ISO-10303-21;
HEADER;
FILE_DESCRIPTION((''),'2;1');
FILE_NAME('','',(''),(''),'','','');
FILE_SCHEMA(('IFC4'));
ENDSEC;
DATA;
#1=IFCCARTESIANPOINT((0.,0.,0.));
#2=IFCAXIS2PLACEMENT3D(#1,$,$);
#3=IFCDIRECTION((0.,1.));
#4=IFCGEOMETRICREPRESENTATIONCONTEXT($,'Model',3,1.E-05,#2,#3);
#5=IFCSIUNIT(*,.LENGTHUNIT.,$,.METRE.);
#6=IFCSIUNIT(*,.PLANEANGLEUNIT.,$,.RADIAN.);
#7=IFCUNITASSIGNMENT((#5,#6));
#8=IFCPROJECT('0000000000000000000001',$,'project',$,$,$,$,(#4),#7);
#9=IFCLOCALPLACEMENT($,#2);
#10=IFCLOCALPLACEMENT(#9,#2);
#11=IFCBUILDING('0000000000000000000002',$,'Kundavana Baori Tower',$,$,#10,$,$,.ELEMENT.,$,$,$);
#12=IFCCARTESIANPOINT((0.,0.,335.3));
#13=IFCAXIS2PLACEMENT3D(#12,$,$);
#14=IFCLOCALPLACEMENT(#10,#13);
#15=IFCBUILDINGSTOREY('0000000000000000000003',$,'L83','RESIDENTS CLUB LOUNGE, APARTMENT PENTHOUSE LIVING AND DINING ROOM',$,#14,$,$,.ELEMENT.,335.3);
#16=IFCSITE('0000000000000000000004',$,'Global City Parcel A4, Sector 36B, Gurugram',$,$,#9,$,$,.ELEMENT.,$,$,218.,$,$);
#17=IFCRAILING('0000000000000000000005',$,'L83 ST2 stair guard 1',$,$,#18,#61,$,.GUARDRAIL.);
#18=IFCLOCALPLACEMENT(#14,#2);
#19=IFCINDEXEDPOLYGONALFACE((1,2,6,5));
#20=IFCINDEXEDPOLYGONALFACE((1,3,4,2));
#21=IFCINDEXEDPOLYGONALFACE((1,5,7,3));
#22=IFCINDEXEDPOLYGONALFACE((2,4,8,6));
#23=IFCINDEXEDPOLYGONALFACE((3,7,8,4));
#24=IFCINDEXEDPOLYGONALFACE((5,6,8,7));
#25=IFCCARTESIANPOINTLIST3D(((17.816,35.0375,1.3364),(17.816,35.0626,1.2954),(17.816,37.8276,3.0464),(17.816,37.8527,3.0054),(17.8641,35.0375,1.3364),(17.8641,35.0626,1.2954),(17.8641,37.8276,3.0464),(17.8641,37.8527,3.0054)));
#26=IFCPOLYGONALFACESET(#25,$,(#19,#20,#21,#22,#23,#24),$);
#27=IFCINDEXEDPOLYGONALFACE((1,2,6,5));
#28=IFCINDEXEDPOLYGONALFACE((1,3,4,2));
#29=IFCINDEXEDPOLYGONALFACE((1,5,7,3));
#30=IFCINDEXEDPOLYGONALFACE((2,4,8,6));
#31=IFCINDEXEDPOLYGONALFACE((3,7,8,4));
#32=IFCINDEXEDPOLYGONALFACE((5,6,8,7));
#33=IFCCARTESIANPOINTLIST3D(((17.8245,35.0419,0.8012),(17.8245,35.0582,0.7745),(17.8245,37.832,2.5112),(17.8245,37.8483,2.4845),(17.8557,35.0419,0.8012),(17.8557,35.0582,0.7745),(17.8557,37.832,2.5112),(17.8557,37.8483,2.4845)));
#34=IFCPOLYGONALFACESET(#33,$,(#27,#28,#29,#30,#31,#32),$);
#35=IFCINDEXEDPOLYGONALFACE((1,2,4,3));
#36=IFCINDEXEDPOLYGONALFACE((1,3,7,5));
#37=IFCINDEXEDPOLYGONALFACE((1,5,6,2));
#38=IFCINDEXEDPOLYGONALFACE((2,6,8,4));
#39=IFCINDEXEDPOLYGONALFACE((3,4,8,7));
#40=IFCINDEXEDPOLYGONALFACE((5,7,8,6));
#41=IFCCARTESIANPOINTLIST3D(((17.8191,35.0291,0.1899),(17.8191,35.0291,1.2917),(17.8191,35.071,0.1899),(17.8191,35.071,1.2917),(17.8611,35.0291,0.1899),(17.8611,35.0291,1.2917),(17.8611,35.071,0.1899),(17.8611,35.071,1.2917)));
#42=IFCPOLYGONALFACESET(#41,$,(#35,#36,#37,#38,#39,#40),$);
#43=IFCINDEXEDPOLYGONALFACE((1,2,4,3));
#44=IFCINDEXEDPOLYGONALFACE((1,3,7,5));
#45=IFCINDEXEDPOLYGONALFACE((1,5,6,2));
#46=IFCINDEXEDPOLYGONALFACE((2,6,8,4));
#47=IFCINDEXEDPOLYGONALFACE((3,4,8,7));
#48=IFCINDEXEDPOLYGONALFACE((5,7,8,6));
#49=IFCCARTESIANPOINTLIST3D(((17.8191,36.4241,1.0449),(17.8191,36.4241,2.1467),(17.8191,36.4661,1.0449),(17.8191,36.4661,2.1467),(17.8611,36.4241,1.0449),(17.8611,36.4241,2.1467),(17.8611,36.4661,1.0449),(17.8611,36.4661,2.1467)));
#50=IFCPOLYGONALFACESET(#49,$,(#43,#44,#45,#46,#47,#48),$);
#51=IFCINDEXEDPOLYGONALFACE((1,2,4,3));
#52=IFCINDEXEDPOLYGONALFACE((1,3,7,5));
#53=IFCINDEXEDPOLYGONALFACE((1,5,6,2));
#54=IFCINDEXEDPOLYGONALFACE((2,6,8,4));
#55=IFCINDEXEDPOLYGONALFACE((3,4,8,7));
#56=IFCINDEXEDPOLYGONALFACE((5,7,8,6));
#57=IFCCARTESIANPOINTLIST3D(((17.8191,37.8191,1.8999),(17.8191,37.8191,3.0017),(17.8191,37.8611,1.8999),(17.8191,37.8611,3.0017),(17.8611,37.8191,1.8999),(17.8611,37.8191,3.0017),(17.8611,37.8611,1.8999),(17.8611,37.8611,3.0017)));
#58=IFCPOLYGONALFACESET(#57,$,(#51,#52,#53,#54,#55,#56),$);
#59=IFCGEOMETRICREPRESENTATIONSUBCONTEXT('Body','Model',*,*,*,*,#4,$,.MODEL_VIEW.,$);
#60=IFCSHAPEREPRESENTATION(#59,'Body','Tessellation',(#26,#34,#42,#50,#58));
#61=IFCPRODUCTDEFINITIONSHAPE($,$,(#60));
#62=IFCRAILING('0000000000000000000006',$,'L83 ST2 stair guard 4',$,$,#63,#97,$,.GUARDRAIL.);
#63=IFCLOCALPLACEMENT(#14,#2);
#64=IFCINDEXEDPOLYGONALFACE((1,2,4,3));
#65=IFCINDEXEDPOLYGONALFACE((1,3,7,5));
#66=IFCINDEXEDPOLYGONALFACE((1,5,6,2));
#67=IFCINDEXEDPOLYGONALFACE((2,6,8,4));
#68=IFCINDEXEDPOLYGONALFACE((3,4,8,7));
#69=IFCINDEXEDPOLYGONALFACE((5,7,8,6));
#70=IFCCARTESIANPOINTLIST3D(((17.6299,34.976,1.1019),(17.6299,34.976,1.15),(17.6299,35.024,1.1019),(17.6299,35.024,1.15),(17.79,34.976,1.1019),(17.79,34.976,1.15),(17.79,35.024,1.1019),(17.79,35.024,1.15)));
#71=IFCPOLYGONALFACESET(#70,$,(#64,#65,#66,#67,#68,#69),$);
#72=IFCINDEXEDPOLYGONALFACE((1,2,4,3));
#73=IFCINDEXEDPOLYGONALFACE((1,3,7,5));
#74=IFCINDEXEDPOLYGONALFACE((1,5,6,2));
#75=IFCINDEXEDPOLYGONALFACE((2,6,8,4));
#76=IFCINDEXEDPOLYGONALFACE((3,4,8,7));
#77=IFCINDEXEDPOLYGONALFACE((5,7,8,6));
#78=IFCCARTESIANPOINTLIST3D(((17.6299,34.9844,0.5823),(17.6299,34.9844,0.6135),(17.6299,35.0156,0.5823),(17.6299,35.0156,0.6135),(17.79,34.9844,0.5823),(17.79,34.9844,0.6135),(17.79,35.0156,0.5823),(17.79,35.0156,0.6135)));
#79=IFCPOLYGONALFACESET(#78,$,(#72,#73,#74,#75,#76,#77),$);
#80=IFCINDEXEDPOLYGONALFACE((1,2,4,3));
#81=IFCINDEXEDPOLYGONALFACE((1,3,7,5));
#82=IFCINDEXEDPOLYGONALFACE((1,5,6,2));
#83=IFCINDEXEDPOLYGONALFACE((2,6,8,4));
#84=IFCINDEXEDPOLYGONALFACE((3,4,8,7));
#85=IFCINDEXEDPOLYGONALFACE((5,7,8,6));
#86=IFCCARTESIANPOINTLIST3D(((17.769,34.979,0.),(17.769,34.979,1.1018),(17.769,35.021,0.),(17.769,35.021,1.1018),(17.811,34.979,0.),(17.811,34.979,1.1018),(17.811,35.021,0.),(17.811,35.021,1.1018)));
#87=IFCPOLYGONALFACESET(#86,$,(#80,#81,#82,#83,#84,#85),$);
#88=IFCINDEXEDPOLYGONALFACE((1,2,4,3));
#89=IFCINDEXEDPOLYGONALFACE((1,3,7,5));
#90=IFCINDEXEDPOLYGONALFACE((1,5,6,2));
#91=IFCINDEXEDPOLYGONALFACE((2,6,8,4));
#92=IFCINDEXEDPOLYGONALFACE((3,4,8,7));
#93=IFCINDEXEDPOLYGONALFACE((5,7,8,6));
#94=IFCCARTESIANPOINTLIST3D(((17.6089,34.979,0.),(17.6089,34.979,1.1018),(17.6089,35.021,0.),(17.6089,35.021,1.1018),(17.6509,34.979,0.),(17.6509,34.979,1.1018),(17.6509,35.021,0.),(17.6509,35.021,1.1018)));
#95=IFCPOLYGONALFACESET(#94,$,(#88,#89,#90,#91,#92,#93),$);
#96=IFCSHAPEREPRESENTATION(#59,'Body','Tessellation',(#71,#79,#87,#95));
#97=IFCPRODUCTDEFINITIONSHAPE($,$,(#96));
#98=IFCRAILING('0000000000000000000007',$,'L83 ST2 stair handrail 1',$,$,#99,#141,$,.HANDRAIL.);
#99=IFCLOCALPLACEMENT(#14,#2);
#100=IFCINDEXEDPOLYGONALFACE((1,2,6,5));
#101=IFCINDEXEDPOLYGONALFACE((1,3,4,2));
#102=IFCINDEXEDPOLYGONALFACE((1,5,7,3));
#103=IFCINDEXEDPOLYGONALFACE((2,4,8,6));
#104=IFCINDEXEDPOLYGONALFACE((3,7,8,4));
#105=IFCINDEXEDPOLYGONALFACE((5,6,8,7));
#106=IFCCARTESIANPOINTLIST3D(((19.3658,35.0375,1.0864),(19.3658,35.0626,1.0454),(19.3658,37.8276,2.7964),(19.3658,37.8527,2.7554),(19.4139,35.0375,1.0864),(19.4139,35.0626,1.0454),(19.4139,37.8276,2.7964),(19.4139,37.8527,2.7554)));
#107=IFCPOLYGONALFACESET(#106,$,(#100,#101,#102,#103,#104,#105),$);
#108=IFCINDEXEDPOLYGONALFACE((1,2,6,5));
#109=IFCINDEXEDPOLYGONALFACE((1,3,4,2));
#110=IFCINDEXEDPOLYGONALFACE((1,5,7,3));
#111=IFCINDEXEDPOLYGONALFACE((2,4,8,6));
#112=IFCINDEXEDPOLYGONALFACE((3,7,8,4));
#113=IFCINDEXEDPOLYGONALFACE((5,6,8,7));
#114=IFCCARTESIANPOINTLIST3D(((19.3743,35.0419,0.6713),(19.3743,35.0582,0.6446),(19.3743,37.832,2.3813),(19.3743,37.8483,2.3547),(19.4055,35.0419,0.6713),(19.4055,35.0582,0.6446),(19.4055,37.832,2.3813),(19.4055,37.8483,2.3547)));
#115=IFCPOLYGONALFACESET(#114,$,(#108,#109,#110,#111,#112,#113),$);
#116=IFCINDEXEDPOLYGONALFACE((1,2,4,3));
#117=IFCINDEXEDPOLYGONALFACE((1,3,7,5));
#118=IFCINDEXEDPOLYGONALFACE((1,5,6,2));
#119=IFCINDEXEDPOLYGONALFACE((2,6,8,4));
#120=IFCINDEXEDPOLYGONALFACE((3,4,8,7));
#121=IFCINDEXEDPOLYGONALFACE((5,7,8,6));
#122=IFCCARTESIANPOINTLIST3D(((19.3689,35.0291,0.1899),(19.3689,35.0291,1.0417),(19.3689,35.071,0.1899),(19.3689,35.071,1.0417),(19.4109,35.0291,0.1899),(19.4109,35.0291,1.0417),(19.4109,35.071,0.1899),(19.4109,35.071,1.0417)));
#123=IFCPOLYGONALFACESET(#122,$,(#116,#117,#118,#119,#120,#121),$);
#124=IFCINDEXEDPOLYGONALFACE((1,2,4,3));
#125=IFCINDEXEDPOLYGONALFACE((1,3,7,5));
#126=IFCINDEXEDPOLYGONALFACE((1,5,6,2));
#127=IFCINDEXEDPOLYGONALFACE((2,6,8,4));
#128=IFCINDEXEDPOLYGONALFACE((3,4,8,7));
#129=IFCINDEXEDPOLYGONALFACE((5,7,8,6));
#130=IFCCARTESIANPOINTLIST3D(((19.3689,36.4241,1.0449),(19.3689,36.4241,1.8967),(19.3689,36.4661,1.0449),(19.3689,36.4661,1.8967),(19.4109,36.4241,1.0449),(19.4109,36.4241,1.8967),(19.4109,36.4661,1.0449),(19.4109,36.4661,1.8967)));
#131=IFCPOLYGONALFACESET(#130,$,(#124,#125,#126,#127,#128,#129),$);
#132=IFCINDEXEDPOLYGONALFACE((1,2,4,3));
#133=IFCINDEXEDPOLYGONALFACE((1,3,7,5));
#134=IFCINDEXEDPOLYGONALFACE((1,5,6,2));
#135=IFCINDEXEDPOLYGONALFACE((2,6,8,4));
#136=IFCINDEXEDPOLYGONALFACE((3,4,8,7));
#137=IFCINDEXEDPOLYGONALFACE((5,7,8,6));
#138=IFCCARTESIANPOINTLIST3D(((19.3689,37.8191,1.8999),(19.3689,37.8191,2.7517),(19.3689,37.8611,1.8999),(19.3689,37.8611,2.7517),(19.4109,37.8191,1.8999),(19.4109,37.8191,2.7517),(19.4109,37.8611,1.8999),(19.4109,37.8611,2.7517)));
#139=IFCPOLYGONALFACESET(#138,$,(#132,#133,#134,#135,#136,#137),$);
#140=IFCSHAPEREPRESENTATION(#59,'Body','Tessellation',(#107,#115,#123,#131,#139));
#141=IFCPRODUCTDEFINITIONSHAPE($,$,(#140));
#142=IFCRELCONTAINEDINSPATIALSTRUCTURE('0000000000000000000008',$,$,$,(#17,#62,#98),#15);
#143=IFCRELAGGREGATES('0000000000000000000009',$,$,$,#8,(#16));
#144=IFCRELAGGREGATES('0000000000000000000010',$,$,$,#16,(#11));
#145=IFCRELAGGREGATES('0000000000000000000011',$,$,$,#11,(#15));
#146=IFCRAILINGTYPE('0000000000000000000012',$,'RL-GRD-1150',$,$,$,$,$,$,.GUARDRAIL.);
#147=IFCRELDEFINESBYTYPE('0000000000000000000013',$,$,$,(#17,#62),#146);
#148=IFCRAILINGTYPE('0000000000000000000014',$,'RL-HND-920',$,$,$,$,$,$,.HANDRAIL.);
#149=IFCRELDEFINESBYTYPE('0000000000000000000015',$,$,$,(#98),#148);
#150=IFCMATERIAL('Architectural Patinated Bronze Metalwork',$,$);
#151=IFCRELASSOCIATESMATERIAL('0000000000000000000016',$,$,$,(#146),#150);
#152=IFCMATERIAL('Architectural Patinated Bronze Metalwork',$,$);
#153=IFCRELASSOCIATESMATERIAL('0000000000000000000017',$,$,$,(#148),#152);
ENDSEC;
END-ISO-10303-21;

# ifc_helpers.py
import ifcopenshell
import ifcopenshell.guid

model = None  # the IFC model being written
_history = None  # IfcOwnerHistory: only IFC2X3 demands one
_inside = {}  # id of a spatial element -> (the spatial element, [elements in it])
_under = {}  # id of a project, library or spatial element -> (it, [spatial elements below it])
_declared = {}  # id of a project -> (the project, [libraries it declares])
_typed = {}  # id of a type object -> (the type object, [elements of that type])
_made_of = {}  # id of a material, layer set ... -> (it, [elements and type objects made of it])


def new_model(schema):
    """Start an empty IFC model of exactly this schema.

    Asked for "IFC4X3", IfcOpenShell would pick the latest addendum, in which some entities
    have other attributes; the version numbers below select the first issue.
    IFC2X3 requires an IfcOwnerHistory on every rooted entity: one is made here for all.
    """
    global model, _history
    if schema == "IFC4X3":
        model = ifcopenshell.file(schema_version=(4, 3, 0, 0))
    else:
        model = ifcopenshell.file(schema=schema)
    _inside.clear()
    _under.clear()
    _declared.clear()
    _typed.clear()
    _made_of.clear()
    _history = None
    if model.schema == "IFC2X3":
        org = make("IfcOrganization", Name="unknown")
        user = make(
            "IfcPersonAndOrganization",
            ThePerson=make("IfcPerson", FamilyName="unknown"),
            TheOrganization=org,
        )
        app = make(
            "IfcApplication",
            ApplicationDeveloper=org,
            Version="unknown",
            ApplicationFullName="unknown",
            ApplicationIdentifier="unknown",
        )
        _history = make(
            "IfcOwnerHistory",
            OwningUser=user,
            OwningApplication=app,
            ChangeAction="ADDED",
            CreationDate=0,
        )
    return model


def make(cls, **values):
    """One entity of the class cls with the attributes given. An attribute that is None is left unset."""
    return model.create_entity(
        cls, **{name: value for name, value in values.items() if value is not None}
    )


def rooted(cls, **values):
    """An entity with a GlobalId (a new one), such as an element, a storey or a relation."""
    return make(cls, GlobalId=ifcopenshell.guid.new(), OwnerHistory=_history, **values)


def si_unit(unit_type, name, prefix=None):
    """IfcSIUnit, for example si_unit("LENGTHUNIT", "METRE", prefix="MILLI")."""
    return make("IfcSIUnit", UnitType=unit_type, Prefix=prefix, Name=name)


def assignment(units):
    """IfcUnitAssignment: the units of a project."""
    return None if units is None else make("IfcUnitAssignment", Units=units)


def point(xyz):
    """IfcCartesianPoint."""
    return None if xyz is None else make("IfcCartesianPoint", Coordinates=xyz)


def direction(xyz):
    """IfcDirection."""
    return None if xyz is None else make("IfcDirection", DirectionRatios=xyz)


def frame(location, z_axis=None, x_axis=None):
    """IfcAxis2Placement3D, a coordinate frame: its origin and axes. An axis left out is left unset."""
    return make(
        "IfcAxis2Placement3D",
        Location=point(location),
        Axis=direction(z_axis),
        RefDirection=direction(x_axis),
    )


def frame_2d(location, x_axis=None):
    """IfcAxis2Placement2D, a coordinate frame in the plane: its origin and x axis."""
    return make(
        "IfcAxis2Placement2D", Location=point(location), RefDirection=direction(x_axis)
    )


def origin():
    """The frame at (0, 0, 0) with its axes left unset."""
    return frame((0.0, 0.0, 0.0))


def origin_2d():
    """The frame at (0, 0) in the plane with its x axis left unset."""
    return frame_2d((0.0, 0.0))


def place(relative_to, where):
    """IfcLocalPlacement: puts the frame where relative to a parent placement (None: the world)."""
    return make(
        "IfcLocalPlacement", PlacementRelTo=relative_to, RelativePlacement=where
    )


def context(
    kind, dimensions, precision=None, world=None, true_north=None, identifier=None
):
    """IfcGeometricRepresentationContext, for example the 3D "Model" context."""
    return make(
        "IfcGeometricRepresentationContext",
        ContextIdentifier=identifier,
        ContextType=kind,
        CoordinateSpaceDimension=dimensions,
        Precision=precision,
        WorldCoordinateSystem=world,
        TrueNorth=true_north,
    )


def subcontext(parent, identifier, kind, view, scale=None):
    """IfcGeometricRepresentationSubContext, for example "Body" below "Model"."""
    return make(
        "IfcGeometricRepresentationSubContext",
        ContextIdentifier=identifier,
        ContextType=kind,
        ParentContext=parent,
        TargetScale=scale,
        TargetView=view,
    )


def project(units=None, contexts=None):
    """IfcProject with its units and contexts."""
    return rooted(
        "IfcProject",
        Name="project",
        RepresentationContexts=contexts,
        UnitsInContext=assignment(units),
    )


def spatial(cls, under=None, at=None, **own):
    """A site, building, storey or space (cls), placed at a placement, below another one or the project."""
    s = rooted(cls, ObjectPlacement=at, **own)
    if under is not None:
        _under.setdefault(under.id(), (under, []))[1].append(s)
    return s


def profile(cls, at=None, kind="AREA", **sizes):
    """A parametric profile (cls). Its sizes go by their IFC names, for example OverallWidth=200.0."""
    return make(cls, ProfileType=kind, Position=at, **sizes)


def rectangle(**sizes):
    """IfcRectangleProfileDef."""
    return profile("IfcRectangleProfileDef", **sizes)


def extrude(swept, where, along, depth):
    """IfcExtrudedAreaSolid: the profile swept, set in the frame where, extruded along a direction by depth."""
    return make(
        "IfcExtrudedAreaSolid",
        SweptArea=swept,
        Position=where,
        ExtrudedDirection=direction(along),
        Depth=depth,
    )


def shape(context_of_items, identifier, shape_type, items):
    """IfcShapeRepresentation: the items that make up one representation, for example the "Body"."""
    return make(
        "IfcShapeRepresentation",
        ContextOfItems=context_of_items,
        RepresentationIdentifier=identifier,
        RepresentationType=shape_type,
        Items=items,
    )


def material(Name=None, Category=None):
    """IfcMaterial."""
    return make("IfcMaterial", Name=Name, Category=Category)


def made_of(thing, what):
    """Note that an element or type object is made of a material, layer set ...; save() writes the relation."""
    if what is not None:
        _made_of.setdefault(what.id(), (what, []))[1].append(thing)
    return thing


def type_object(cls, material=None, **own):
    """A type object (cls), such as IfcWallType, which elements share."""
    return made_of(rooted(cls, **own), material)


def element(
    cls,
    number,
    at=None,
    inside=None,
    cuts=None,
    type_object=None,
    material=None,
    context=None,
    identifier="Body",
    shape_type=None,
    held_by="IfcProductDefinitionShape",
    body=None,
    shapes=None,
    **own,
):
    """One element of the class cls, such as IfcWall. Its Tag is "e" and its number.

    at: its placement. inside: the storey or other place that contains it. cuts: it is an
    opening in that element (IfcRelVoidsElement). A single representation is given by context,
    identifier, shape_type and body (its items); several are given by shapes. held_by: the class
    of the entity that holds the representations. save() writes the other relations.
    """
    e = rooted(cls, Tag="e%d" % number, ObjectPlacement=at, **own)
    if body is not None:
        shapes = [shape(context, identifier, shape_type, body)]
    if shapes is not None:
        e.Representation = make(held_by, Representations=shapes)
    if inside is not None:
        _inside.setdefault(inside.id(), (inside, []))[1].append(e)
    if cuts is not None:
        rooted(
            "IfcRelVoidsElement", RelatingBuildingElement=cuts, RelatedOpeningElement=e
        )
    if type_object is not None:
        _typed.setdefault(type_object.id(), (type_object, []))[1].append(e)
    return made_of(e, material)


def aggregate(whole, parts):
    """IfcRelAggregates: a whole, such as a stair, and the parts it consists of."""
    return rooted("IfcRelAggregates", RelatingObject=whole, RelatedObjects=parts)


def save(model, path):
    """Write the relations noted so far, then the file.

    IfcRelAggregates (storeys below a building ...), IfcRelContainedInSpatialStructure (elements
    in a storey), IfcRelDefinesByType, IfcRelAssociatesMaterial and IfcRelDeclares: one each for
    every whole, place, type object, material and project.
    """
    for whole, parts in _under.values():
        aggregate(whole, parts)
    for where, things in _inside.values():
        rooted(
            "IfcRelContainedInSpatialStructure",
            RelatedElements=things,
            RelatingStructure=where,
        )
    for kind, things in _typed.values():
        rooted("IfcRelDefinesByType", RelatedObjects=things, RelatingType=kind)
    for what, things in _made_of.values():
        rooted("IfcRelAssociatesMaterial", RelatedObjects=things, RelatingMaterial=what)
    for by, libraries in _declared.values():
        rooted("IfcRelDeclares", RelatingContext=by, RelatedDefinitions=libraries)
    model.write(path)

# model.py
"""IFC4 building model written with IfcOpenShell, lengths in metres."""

from ifc_helpers import new_model, si_unit, direction, frame, origin, origin_2d, place, context, subcontext, project, spatial, rectangle, extrude, material, type_object, element, save


model = new_model("IFC4")

# Units and contexts
model_context = context("Model", 3, precision=1e-05, world=origin(), true_north=direction((0.0, 1.0)))
body_context = subcontext(model_context, "Body", "Model", "MODEL_VIEW")
ifc_project = project(units=[si_unit("LENGTHUNIT", "METRE"), si_unit("PLANEANGLEUNIT", "RADIAN")], contexts=[model_context])

# Site, building, storey
site_placement = place(None, origin())
site = spatial("IfcSite", under=ifc_project, at=site_placement, Name="Global City Parcel A4, Sector 36B, Gurugram", CompositionType="ELEMENT", RefElevation=218.0)
building_placement = place(site_placement, origin())
building = spatial("IfcBuilding", under=site, at=building_placement, Name="Kundavana Baori Tower", CompositionType="ELEMENT")
storey_placement = place(building_placement, frame((0.0, 0.0, 335.3)))
storey = spatial("IfcBuildingStorey", under=building, at=storey_placement, Name="L83", Description="RESIDENTS CLUB LOUNGE, APARTMENT PENTHOUSE LIVING AND DINING ROOM", CompositionType="ELEMENT", Elevation=335.3)

# Railings
ifc_material_1 = material(Name="Architectural Patinated Bronze Metalwork")
railing_type_1 = type_object("IfcRailingType", Name="RL-GRD-1150", PredefinedType="GUARDRAIL", material=ifc_material_1)
railing_1_placement = place(storey_placement, frame((17.8401, 35.05, 0.1899)))
element("IfcRailing", 1, at=railing_1_placement, inside=storey, type_object=railing_type_1, Name="L83 ST2 stair guard 1", PredefinedType="GUARDRAIL", context=body_context, shape_type="SweptSolid", body=[
    extrude(rectangle(XDim=0.0481, YDim=0.0481, at=origin_2d()), frame((0.0, 0.0, 1.126), z_axis=(0.0, 0.85261, 0.522548), x_axis=(-1.0, 0.0, 0.0)), (0.0, 0.0, 1.0), 3.2725),
    extrude(rectangle(XDim=0.0312, YDim=0.0312, at=origin_2d()), frame((0.0, 0.0, 0.5979), z_axis=(0.0, 0.85261, 0.522548), x_axis=(-1.0, 0.0, 0.0)), (0.0, 0.0, 1.0), 3.2725),
    extrude(rectangle(XDim=0.042, YDim=0.042, at=origin_2d()), origin(), (0.0, 0.0, 1.0), 1.1018),
    extrude(rectangle(XDim=0.042, YDim=0.042, at=origin_2d()), frame((0.0, 1.395, 0.855)), (0.0, 0.0, 1.0), 1.1018),
    extrude(rectangle(XDim=0.042, YDim=0.042, at=origin_2d()), frame((0.0, 2.79, 1.71)), (0.0, 0.0, 1.0), 1.1018),
])
railing_2_placement = place(storey_placement, frame((17.79, 35.0, 0.0)))
element("IfcRailing", 2, at=railing_2_placement, inside=storey, type_object=railing_type_1, Name="L83 ST2 stair guard 4", PredefinedType="GUARDRAIL", context=body_context, shape_type="SweptSolid", body=[
    extrude(rectangle(XDim=0.0481, YDim=0.0481, at=origin_2d()), frame((0.0, 0.0, 1.126), z_axis=(-1.0, 0.0, 0.0), x_axis=(0.0, -1.0, 0.0)), (0.0, 0.0, 1.0), 0.1602),
    extrude(rectangle(XDim=0.0312, YDim=0.0312, at=origin_2d()), frame((0.0, 0.0, 0.5979), z_axis=(-1.0, 0.0, 0.0), x_axis=(0.0, -1.0, 0.0)), (0.0, 0.0, 1.0), 0.1602),
    extrude(rectangle(XDim=0.042, YDim=0.042, at=origin_2d()), origin(), (0.0, 0.0, 1.0), 1.1018),
    extrude(rectangle(XDim=0.042, YDim=0.042, at=origin_2d()), frame((-0.1602, 0.0, 0.0)), (0.0, 0.0, 1.0), 1.1018),
])
ifc_material_2 = material(Name="Architectural Patinated Bronze Metalwork")
railing_type_2 = type_object("IfcRailingType", Name="RL-HND-920", PredefinedType="HANDRAIL", material=ifc_material_2)
railing_3_placement = place(storey_placement, frame((19.3899, 35.05, 0.1899)))
element("IfcRailing", 3, at=railing_3_placement, inside=storey, type_object=railing_type_2, Name="L83 ST2 stair handrail 1", PredefinedType="HANDRAIL", context=body_context, shape_type="SweptSolid", body=[
    extrude(rectangle(XDim=0.0481, YDim=0.0481, at=origin_2d()), frame((0.0, 0.0, 0.876), z_axis=(0.0, 0.85261, 0.522548), x_axis=(-1.0, 0.0, 0.0)), (0.0, 0.0, 1.0), 3.2725),
    extrude(rectangle(XDim=0.0312, YDim=0.0312, at=origin_2d()), frame((0.0, 0.0, 0.468), z_axis=(0.0, 0.85261, 0.522548), x_axis=(-1.0, 0.0, 0.0)), (0.0, 0.0, 1.0), 3.2725),
    extrude(rectangle(XDim=0.042, YDim=0.042, at=origin_2d()), origin(), (0.0, 0.0, 1.0), 0.8518),
    extrude(rectangle(XDim=0.042, YDim=0.042, at=origin_2d()), frame((0.0, 1.395, 0.855)), (0.0, 0.0, 1.0), 0.8518),
    extrude(rectangle(XDim=0.042, YDim=0.042, at=origin_2d()), frame((0.0, 2.79, 1.71)), (0.0, 0.0, 1.0), 0.8518),
])

save(model, "model.ifc")
